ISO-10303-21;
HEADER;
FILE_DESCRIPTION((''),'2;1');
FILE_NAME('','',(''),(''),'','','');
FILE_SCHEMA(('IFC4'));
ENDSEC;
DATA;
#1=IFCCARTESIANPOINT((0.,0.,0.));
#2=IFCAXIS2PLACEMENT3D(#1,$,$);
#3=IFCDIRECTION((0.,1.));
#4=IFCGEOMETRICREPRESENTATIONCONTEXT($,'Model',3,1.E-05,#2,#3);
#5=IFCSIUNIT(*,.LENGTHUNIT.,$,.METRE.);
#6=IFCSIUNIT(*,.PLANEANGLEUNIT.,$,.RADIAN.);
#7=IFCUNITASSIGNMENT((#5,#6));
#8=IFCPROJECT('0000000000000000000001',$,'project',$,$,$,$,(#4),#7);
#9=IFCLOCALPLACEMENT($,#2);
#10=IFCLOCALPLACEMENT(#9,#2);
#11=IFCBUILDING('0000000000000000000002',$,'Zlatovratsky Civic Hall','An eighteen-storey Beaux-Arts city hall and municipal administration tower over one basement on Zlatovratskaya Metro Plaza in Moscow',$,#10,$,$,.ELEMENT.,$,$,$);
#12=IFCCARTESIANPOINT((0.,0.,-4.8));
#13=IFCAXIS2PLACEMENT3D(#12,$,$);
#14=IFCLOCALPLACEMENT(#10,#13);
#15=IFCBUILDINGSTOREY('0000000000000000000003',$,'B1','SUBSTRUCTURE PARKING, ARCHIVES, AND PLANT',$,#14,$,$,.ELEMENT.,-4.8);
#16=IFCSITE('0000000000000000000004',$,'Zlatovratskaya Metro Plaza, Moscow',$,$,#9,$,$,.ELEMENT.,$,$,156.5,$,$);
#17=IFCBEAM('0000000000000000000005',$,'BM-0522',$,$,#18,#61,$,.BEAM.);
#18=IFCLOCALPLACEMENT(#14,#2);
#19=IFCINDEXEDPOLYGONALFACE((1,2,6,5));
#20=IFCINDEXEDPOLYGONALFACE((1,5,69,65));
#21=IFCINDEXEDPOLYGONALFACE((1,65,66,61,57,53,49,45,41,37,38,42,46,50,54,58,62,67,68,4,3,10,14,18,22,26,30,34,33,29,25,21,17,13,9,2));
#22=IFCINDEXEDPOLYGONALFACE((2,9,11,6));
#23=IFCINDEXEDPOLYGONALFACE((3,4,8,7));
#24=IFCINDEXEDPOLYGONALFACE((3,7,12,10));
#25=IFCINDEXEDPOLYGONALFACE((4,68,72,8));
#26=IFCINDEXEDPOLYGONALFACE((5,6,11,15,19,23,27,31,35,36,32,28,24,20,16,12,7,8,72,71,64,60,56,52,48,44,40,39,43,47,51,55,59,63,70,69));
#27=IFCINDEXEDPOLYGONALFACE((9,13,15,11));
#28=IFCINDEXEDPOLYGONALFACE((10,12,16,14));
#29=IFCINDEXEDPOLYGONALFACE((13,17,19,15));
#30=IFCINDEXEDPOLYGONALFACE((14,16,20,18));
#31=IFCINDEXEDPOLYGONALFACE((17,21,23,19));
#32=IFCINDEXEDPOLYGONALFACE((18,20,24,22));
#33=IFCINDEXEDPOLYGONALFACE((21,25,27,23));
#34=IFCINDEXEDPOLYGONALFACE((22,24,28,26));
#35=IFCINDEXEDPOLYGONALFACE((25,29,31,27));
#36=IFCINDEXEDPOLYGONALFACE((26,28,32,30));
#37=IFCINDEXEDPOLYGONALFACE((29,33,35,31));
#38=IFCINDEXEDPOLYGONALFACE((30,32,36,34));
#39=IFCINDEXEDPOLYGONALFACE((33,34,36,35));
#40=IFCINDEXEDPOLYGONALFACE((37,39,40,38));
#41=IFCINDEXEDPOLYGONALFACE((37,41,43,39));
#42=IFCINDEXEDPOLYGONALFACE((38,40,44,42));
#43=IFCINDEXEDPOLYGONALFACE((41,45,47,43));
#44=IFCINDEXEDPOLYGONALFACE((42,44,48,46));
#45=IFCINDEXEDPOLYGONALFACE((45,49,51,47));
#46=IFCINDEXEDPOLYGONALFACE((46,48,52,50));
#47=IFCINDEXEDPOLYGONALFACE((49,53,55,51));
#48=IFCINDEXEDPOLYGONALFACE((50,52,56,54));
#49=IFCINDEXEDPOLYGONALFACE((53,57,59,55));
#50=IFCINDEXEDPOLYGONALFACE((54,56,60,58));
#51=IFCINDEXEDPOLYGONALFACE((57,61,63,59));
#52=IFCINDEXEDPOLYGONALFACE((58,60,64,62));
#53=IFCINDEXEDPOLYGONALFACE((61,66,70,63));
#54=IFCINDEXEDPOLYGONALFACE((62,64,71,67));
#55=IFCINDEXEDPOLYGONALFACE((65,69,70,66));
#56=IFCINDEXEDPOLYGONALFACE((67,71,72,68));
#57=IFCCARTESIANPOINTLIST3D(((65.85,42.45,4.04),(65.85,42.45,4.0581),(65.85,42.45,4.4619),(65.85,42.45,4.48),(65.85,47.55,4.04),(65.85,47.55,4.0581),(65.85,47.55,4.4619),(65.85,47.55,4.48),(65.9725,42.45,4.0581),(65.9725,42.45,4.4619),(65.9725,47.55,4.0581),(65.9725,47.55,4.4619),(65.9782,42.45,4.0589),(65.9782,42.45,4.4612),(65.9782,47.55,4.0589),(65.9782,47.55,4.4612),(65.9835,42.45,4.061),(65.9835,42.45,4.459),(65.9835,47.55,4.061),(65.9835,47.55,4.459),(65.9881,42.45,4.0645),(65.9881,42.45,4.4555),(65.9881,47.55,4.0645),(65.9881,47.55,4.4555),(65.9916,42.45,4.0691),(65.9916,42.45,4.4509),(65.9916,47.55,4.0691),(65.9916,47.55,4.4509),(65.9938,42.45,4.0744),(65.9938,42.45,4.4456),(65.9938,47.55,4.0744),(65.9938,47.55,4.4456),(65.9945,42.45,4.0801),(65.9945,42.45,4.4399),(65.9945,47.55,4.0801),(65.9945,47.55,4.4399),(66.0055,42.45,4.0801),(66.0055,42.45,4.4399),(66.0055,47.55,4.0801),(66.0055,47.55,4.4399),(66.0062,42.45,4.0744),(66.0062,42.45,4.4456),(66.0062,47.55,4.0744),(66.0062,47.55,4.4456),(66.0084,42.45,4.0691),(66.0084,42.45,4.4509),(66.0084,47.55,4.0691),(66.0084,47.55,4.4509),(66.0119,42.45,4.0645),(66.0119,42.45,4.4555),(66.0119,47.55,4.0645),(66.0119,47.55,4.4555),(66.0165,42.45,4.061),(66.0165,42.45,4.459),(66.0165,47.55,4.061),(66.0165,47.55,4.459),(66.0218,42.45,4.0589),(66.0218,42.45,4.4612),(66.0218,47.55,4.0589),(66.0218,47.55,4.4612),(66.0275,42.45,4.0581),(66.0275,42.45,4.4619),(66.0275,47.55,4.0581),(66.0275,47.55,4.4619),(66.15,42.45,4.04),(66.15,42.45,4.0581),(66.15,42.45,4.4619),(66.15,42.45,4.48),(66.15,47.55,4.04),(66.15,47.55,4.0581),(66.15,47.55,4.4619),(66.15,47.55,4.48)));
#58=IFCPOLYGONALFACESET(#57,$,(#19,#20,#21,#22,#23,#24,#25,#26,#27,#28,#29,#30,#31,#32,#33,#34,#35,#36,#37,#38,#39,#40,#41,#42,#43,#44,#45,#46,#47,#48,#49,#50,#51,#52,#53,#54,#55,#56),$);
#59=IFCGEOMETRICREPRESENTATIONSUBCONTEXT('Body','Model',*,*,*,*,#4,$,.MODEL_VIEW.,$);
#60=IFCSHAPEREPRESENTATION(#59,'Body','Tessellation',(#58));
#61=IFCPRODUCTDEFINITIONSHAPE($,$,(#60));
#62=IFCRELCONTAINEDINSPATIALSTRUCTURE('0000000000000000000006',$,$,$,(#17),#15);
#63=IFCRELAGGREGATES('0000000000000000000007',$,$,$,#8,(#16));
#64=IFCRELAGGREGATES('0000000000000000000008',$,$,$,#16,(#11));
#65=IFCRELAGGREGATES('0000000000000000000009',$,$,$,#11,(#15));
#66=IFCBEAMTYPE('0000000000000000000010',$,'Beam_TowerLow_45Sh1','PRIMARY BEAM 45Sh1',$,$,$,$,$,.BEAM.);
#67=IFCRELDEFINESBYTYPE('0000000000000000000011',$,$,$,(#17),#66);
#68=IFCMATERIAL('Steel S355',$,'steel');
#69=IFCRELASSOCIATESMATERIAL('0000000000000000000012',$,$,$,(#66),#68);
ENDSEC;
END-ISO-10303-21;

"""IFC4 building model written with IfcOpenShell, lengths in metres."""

from ifc_helpers import new_model, si_unit, direction, frame, origin, origin_2d, place, context, subcontext, project, spatial, i_section, extrude, material, material_profile, profile_set, type_object, element, save


model = new_model("IFC4")

# Units and contexts
model_context = context("Model", 3, precision=1e-05, world=origin(), true_north=direction((0.0, 1.0)))
body_context = subcontext(model_context, "Body", "Model", "MODEL_VIEW")
ifc_project = project(units=[si_unit("LENGTHUNIT", "METRE"), si_unit("PLANEANGLEUNIT", "RADIAN")], contexts=[model_context])

# Site, building, storey
site_placement = place(None, origin())
site = spatial("IfcSite", under=ifc_project, at=site_placement, Name="Zlatovratskaya Metro Plaza, Moscow", CompositionType="ELEMENT", RefElevation=156.5)
building_placement = place(site_placement, origin())
building = spatial("IfcBuilding", under=site, at=building_placement, Name="Zlatovratsky Civic Hall", Description="An eighteen-storey Beaux-Arts city hall and municipal administration tower over one basement on Zlatovratskaya Metro Plaza in Moscow", CompositionType="ELEMENT")
storey_placement = place(building_placement, frame((0.0, 0.0, -4.8)))
storey = spatial("IfcBuildingStorey", under=building, at=storey_placement, Name="B1", Description="SUBSTRUCTURE PARKING, ARCHIVES, AND PLANT", CompositionType="ELEMENT", Elevation=-4.8)

# Shared definitions
ifc_material_1 = material(Name="Steel S355", Category="steel")

# Beam
ifc_material_profile_1 = material_profile(ifc_material_1, i_section(OverallWidth=0.3, OverallDepth=0.4399, WebThickness=0.011, FlangeThickness=0.0181, FilletRadius=0.022, at=origin_2d()), Name="45Sh1")
ifc_profile_set_1 = profile_set([ifc_material_profile_1], Name="Steel S355")
beam_type = type_object("IfcBeamType", Name="Beam_TowerLow_45Sh1", Description="PRIMARY BEAM 45Sh1", PredefinedType="BEAM", material=ifc_profile_set_1)
beam_1_placement = place(storey_placement, frame((66.0, 42.45, 4.26), z_axis=(0.0, 1.0, 0.0), x_axis=(-1.0, 0.0, 0.0)))
element("IfcBeam", 1, at=beam_1_placement, inside=storey, type_object=beam_type, Name="BM-0522", PredefinedType="BEAM", context=body_context, shape_type="SweptSolid", body=[
    extrude(i_section(OverallWidth=0.3, OverallDepth=0.4399, WebThickness=0.011, FlangeThickness=0.0181, FilletRadius=0.022, at=origin_2d()), origin(), (0.0, 0.0, 1.0), 5.1001),
])

save(model, "model.ifc")
